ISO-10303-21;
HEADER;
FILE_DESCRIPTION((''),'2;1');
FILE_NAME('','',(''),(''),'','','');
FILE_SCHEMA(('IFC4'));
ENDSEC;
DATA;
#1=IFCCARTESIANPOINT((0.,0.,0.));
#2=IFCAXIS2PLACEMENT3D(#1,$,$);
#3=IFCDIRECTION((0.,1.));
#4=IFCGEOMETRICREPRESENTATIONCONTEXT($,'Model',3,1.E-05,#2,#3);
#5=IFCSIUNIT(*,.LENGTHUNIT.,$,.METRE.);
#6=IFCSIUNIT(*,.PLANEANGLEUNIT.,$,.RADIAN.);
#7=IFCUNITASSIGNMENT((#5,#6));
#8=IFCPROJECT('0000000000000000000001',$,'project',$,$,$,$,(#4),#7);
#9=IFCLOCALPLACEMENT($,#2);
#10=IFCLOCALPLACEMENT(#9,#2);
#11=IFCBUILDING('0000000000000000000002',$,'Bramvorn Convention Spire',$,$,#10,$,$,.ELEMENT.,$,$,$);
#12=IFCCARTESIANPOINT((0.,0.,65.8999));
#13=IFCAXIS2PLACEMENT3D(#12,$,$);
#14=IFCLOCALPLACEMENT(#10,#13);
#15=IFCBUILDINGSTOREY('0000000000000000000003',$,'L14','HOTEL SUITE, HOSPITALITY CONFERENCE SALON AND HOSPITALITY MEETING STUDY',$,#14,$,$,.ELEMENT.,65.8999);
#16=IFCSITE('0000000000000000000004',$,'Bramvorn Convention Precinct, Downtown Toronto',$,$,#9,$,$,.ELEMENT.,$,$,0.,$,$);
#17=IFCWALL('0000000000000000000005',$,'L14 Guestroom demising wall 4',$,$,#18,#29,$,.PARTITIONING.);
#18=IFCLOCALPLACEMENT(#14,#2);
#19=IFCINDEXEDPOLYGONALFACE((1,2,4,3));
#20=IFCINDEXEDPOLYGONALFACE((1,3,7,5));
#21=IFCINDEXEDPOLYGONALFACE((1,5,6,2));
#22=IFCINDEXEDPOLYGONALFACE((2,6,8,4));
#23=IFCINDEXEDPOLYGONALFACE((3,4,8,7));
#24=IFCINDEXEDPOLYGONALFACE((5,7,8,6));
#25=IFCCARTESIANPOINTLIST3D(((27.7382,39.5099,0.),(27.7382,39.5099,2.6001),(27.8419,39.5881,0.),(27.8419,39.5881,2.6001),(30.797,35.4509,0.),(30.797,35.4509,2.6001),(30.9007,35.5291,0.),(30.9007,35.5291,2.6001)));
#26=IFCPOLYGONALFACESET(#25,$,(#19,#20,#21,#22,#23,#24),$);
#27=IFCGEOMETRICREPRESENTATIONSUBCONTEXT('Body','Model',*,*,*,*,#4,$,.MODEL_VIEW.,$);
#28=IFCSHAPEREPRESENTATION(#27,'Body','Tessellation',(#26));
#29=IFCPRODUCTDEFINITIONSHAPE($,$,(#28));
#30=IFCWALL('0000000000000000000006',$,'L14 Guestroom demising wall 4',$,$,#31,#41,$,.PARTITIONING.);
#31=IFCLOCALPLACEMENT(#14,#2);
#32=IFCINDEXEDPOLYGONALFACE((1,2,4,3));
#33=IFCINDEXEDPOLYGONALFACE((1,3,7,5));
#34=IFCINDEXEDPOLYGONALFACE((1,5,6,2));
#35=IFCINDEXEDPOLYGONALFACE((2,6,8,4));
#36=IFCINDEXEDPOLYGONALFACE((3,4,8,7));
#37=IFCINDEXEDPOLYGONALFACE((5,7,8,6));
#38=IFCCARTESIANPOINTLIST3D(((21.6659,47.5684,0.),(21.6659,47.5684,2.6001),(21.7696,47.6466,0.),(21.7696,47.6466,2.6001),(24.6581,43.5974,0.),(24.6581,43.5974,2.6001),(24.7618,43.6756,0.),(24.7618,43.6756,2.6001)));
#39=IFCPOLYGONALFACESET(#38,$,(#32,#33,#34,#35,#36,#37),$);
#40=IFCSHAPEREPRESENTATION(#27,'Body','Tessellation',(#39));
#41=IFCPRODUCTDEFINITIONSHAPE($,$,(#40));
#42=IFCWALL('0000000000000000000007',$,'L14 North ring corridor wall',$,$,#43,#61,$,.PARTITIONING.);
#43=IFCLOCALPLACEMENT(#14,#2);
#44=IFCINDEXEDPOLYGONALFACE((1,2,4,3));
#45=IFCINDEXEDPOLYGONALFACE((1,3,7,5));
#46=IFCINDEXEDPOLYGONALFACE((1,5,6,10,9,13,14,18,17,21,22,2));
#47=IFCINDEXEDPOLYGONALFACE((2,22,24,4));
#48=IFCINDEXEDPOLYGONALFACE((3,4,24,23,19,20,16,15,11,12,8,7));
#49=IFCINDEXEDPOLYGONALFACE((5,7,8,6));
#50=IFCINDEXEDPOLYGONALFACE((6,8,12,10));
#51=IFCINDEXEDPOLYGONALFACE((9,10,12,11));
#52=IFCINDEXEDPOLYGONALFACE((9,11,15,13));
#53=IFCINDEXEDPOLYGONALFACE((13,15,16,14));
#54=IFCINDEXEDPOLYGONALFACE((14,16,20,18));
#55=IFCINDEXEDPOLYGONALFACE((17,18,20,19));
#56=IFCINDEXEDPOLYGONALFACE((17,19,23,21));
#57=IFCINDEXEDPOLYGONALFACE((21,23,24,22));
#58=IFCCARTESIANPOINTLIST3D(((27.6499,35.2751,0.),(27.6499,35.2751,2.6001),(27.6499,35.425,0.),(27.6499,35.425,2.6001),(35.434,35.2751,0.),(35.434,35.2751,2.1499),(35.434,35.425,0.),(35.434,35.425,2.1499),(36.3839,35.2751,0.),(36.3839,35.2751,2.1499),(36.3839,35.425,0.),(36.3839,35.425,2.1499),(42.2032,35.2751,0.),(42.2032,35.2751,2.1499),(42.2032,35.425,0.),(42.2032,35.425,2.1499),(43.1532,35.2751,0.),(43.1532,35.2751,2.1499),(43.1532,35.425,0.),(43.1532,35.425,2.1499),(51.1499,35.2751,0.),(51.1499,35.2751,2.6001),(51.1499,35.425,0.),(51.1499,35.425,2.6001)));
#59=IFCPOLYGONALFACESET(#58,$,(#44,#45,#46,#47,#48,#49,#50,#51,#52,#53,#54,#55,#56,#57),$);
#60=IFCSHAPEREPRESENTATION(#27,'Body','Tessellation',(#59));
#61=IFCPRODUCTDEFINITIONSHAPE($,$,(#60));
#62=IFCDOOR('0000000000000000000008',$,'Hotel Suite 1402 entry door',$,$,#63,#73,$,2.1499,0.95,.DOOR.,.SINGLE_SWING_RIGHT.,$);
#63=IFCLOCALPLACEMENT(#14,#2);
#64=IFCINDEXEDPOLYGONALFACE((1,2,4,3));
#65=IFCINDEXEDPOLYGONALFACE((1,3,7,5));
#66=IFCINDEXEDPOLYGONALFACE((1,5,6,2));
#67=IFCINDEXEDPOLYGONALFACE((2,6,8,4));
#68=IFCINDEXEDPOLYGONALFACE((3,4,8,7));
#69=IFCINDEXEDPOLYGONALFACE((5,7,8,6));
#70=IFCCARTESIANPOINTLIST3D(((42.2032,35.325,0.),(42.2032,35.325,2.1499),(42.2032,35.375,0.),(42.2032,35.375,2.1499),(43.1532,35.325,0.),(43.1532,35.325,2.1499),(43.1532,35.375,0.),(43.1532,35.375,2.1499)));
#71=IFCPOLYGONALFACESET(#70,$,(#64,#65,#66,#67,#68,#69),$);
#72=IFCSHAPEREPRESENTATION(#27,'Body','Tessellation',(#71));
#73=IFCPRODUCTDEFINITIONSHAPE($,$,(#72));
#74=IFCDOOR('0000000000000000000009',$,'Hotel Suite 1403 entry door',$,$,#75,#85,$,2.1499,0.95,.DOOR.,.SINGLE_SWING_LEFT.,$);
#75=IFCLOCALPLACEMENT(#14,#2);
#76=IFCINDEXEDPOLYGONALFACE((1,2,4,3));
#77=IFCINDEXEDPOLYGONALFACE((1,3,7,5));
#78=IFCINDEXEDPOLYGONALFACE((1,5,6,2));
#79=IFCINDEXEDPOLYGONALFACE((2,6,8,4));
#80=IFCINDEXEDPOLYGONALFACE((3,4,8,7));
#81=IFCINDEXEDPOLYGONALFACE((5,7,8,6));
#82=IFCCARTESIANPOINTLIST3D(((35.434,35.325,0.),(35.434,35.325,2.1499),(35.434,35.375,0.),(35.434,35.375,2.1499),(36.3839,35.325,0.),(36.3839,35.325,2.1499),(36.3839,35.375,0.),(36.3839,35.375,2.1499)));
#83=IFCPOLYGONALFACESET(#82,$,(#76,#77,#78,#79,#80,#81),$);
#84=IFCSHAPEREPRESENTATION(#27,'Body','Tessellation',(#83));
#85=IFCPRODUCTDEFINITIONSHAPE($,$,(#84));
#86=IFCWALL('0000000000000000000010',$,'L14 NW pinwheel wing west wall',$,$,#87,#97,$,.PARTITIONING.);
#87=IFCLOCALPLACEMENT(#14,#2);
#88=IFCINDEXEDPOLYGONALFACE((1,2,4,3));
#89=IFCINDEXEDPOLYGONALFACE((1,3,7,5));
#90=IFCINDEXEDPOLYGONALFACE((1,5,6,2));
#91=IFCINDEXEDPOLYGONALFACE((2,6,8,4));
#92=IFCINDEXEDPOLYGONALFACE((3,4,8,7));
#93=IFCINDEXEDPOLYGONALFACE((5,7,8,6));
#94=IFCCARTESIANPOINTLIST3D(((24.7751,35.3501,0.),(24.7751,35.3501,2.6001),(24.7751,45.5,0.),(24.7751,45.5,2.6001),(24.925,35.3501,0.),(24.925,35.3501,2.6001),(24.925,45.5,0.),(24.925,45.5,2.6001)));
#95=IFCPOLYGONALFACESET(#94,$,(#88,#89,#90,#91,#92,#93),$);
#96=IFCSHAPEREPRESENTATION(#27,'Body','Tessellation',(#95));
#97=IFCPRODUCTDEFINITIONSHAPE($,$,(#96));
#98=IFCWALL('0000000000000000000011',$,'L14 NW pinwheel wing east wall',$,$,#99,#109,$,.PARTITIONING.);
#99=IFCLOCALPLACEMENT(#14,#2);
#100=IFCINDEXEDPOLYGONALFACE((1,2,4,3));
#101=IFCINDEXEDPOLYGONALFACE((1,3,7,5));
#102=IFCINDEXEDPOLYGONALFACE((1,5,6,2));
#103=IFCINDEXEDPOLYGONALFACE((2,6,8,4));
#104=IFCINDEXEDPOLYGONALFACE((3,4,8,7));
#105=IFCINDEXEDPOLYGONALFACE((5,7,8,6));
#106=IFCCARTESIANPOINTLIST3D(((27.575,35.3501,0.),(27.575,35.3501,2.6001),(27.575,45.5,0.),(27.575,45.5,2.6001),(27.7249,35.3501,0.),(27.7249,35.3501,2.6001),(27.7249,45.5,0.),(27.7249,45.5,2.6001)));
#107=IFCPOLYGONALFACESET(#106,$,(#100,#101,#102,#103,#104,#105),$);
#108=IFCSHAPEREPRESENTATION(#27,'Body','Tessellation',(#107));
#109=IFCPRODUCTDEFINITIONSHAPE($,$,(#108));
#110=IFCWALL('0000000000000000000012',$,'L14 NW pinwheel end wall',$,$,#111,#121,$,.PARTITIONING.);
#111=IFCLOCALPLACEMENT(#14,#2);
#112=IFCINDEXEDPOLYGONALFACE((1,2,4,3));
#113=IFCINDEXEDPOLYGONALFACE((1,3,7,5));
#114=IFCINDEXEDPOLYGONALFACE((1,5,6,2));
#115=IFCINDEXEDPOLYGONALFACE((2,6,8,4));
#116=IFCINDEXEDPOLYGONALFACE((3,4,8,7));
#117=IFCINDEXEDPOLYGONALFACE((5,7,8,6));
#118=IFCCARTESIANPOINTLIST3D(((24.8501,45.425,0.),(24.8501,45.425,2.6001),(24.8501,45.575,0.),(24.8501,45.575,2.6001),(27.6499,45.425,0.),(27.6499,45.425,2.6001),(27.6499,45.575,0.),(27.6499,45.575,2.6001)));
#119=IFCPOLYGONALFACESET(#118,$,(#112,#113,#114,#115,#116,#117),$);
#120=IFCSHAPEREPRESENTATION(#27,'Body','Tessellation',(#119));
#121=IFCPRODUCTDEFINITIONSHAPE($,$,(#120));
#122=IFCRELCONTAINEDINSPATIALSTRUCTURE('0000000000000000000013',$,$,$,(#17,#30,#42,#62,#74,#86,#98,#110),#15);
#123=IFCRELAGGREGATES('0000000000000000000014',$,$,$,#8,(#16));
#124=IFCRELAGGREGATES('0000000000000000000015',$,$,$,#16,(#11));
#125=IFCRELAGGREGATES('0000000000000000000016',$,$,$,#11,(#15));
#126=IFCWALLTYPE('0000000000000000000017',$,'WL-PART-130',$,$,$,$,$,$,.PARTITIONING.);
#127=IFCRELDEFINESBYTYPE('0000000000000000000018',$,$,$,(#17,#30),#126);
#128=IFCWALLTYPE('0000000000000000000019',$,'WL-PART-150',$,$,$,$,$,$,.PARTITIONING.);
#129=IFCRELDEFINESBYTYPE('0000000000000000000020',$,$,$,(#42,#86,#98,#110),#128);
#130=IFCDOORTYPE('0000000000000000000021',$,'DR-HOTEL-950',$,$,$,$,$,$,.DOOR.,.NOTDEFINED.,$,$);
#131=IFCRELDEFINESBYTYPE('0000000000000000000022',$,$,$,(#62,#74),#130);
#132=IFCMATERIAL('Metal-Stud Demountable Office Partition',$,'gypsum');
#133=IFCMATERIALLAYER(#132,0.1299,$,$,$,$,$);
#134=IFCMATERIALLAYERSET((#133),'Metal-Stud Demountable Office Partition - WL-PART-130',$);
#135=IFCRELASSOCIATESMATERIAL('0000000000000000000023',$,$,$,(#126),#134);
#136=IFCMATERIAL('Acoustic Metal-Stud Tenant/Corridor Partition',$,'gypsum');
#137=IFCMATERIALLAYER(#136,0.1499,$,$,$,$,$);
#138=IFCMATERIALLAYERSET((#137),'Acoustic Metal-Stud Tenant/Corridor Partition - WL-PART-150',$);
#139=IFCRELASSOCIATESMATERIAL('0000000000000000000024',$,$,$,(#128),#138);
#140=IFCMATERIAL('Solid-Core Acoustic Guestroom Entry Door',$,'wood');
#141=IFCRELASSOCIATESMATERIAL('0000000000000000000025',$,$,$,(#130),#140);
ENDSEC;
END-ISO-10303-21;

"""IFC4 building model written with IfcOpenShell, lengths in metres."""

from ifc_helpers import new_model, si_unit, direction, frame, frame_2d, origin, place, context, subcontext, project, spatial, rectangle, extrude, material, layer, layer_set, type_object, element, fill, save


model = new_model("IFC4")

# Units and contexts
model_context = context("Model", 3, precision=1e-05, world=origin(), true_north=direction((0.0, 1.0)))
body_context = subcontext(model_context, "Body", "Model", "MODEL_VIEW")
ifc_project = project(units=[si_unit("LENGTHUNIT", "METRE"), si_unit("PLANEANGLEUNIT", "RADIAN")], contexts=[model_context])

# Site, building, storey
site_placement = place(None, origin())
site = spatial("IfcSite", under=ifc_project, at=site_placement, Name="Bramvorn Convention Precinct, Downtown Toronto", CompositionType="ELEMENT", RefElevation=0.0)
building_placement = place(site_placement, origin())
building = spatial("IfcBuilding", under=site, at=building_placement, Name="Bramvorn Convention Spire", CompositionType="ELEMENT")
storey_placement = place(building_placement, frame((0.0, 0.0, 65.8999)))
storey = spatial("IfcBuildingStorey", under=building, at=storey_placement, Name="L14", Description="HOTEL SUITE, HOSPITALITY CONFERENCE SALON AND HOSPITALITY MEETING STUDY", CompositionType="ELEMENT", Elevation=65.8999)

# Walls
ifc_material_1 = material(Name="Metal-Stud Demountable Office Partition", Category="gypsum")
ifc_layer_1 = layer(ifc_material_1, 0.1299)
ifc_layer_set_1 = layer_set([ifc_layer_1], Name="Metal-Stud Demountable Office Partition - WL-PART-130")
wall_type_1 = type_object("IfcWallType", Name="WL-PART-130", PredefinedType="PARTITIONING", material=ifc_layer_set_1)
wall_1_placement = place(storey_placement, frame((30.8489, 35.49, 0.0), z_axis=(0.0, 0.0, 1.0), x_axis=(-0.601828, 0.798626, 0.0)))
element("IfcWall", 1, at=wall_1_placement, inside=storey, type_object=wall_type_1, Name="L14 Guestroom demising wall 4", PredefinedType="PARTITIONING", context=body_context, shape_type="SweptSolid", body=[
    extrude(rectangle(XDim=5.0825, YDim=0.1299, at=frame_2d((2.5413, 0.0))), origin(), (0.0, 0.0, 1.0), 2.6001),
])
wall_2_placement = place(storey_placement, frame((24.71, 43.6365, 0.0), z_axis=(0.0, 0.0, 1.0), x_axis=(-0.601798, 0.798649, 0.0)))
element("IfcWall", 2, at=wall_2_placement, inside=storey, type_object=wall_type_1, Name="L14 Guestroom demising wall 4", PredefinedType="PARTITIONING", context=body_context, shape_type="SweptSolid", body=[
    extrude(rectangle(XDim=4.9722, YDim=0.1299, at=frame_2d((2.4861, 0.0))), origin(), (0.0, 0.0, 1.0), 2.6001),
])

# Wall, openings, doors
ifc_material_2 = material(Name="Acoustic Metal-Stud Tenant/Corridor Partition", Category="gypsum")
ifc_layer_2 = layer(ifc_material_2, 0.1499)
ifc_layer_set_2 = layer_set([ifc_layer_2], Name="Acoustic Metal-Stud Tenant/Corridor Partition - WL-PART-150")
wall_type_2 = type_object("IfcWallType", Name="WL-PART-150", PredefinedType="PARTITIONING", material=ifc_layer_set_2)
wall_3_placement = place(storey_placement, frame((27.6499, 35.3501, 0.0), z_axis=(0.0, 0.0, 1.0), x_axis=(1.0, 0.0, 0.0)))
wall_3 = element("IfcWall", 3, at=wall_3_placement, inside=storey, type_object=wall_type_2, Name="L14 North ring corridor wall", PredefinedType="PARTITIONING", context=body_context, shape_type="SweptSolid", body=[
    extrude(rectangle(XDim=23.5, YDim=0.1499, at=frame_2d((11.75, 0.0))), origin(), (0.0, 0.0, 1.0), 2.6001),
])
opening_1_placement = place(wall_3_placement, frame((14.5532, 0.0, 0.0)))
opening_1 = element("IfcOpeningElement", 4, at=opening_1_placement, cuts=wall_3, PredefinedType="OPENING", context=body_context, shape_type="SweptSolid", body=[
    extrude(rectangle(XDim=0.95, YDim=2.1499, at=frame_2d((0.4751, 1.075))), frame((0.0, 0.085, 0.0), z_axis=(0.0, -1.0, 0.0), x_axis=(1.0, 0.0, 0.0)), (0.0, 0.0, 1.0), 0.1699),
])
opening_2_placement = place(wall_3_placement, frame((7.7839, 0.0, 0.0)))
opening_2 = element("IfcOpeningElement", 5, at=opening_2_placement, cuts=wall_3, PredefinedType="OPENING", context=body_context, shape_type="SweptSolid", body=[
    extrude(rectangle(XDim=0.95, YDim=2.1499, at=frame_2d((0.4751, 1.075))), frame((0.0, 0.085, 0.0), z_axis=(0.0, -1.0, 0.0), x_axis=(1.0, 0.0, 0.0)), (0.0, 0.0, 1.0), 0.1699),
])
ifc_material_3 = material(Name="Solid-Core Acoustic Guestroom Entry Door", Category="wood")
door_type_1 = type_object("IfcDoorType", Name="DR-HOTEL-950", OperationType="NOTDEFINED", PredefinedType="DOOR", material=ifc_material_3)
door_1_placement = place(opening_1_placement, origin())
door_1 = element("IfcDoor", 6, at=door_1_placement, inside=storey, type_object=door_type_1, Name="Hotel Suite 1402 entry door", OperationType="SINGLE_SWING_RIGHT", OverallHeight=2.1499, OverallWidth=0.95, PredefinedType="DOOR", context=body_context, shape_type="SweptSolid", body=[
    extrude(rectangle(XDim=0.95, YDim=2.1499, at=frame_2d((0.4751, 1.075))), frame((0.0, 0.0249, 0.0), z_axis=(0.0, -1.0, 0.0), x_axis=(1.0, 0.0, 0.0)), (0.0, 0.0, 1.0), 0.05),
])
fill(opening_1, door_1)
door_2_placement = place(opening_2_placement, origin())
door_2 = element("IfcDoor", 7, at=door_2_placement, inside=storey, type_object=door_type_1, Name="Hotel Suite 1403 entry door", OperationType="SINGLE_SWING_LEFT", OverallHeight=2.1499, OverallWidth=0.95, PredefinedType="DOOR", context=body_context, shape_type="SweptSolid", body=[
    extrude(rectangle(XDim=0.95, YDim=2.1499, at=frame_2d((0.4751, 1.075))), frame((0.0, 0.0249, 0.0), z_axis=(0.0, -1.0, 0.0), x_axis=(1.0, 0.0, 0.0)), (0.0, 0.0, 1.0), 0.05),
])
fill(opening_2, door_2)

# Walls
for number, where, z_axis, x_axis, name in (
    (8, (24.8501, 35.3501, 0.0), (0.0, 0.0, 1.0), (0.0, 1.0, 0.0), "L14 NW pinwheel wing west wall"),
    (9, (27.6499, 35.3501, 0.0), (0.0, 0.0, 1.0), (0.0, 1.0, 0.0), "L14 NW pinwheel wing east wall"),
):
    element("IfcWall", number, at=place(storey_placement, frame(where, z_axis=z_axis, x_axis=x_axis)), inside=storey, type_object=wall_type_2, Name=name, PredefinedType="PARTITIONING", context=body_context, shape_type="SweptSolid", body=[
        extrude(rectangle(XDim=10.1499, YDim=0.1499, at=frame_2d((5.075, 0.0))), origin(), (0.0, 0.0, 1.0), 2.6001),
    ])
wall_4_placement = place(storey_placement, frame((24.8501, 45.5, 0.0), z_axis=(0.0, 0.0, 1.0), x_axis=(1.0, 0.0, 0.0)))
element("IfcWall", 10, at=wall_4_placement, inside=storey, type_object=wall_type_2, Name="L14 NW pinwheel end wall", PredefinedType="PARTITIONING", context=body_context, shape_type="SweptSolid", body=[
    extrude(rectangle(XDim=2.7998, YDim=0.1499, at=frame_2d((1.3999, 0.0))), origin(), (0.0, 0.0, 1.0), 2.6001),
])

save(model, "model.ifc")
